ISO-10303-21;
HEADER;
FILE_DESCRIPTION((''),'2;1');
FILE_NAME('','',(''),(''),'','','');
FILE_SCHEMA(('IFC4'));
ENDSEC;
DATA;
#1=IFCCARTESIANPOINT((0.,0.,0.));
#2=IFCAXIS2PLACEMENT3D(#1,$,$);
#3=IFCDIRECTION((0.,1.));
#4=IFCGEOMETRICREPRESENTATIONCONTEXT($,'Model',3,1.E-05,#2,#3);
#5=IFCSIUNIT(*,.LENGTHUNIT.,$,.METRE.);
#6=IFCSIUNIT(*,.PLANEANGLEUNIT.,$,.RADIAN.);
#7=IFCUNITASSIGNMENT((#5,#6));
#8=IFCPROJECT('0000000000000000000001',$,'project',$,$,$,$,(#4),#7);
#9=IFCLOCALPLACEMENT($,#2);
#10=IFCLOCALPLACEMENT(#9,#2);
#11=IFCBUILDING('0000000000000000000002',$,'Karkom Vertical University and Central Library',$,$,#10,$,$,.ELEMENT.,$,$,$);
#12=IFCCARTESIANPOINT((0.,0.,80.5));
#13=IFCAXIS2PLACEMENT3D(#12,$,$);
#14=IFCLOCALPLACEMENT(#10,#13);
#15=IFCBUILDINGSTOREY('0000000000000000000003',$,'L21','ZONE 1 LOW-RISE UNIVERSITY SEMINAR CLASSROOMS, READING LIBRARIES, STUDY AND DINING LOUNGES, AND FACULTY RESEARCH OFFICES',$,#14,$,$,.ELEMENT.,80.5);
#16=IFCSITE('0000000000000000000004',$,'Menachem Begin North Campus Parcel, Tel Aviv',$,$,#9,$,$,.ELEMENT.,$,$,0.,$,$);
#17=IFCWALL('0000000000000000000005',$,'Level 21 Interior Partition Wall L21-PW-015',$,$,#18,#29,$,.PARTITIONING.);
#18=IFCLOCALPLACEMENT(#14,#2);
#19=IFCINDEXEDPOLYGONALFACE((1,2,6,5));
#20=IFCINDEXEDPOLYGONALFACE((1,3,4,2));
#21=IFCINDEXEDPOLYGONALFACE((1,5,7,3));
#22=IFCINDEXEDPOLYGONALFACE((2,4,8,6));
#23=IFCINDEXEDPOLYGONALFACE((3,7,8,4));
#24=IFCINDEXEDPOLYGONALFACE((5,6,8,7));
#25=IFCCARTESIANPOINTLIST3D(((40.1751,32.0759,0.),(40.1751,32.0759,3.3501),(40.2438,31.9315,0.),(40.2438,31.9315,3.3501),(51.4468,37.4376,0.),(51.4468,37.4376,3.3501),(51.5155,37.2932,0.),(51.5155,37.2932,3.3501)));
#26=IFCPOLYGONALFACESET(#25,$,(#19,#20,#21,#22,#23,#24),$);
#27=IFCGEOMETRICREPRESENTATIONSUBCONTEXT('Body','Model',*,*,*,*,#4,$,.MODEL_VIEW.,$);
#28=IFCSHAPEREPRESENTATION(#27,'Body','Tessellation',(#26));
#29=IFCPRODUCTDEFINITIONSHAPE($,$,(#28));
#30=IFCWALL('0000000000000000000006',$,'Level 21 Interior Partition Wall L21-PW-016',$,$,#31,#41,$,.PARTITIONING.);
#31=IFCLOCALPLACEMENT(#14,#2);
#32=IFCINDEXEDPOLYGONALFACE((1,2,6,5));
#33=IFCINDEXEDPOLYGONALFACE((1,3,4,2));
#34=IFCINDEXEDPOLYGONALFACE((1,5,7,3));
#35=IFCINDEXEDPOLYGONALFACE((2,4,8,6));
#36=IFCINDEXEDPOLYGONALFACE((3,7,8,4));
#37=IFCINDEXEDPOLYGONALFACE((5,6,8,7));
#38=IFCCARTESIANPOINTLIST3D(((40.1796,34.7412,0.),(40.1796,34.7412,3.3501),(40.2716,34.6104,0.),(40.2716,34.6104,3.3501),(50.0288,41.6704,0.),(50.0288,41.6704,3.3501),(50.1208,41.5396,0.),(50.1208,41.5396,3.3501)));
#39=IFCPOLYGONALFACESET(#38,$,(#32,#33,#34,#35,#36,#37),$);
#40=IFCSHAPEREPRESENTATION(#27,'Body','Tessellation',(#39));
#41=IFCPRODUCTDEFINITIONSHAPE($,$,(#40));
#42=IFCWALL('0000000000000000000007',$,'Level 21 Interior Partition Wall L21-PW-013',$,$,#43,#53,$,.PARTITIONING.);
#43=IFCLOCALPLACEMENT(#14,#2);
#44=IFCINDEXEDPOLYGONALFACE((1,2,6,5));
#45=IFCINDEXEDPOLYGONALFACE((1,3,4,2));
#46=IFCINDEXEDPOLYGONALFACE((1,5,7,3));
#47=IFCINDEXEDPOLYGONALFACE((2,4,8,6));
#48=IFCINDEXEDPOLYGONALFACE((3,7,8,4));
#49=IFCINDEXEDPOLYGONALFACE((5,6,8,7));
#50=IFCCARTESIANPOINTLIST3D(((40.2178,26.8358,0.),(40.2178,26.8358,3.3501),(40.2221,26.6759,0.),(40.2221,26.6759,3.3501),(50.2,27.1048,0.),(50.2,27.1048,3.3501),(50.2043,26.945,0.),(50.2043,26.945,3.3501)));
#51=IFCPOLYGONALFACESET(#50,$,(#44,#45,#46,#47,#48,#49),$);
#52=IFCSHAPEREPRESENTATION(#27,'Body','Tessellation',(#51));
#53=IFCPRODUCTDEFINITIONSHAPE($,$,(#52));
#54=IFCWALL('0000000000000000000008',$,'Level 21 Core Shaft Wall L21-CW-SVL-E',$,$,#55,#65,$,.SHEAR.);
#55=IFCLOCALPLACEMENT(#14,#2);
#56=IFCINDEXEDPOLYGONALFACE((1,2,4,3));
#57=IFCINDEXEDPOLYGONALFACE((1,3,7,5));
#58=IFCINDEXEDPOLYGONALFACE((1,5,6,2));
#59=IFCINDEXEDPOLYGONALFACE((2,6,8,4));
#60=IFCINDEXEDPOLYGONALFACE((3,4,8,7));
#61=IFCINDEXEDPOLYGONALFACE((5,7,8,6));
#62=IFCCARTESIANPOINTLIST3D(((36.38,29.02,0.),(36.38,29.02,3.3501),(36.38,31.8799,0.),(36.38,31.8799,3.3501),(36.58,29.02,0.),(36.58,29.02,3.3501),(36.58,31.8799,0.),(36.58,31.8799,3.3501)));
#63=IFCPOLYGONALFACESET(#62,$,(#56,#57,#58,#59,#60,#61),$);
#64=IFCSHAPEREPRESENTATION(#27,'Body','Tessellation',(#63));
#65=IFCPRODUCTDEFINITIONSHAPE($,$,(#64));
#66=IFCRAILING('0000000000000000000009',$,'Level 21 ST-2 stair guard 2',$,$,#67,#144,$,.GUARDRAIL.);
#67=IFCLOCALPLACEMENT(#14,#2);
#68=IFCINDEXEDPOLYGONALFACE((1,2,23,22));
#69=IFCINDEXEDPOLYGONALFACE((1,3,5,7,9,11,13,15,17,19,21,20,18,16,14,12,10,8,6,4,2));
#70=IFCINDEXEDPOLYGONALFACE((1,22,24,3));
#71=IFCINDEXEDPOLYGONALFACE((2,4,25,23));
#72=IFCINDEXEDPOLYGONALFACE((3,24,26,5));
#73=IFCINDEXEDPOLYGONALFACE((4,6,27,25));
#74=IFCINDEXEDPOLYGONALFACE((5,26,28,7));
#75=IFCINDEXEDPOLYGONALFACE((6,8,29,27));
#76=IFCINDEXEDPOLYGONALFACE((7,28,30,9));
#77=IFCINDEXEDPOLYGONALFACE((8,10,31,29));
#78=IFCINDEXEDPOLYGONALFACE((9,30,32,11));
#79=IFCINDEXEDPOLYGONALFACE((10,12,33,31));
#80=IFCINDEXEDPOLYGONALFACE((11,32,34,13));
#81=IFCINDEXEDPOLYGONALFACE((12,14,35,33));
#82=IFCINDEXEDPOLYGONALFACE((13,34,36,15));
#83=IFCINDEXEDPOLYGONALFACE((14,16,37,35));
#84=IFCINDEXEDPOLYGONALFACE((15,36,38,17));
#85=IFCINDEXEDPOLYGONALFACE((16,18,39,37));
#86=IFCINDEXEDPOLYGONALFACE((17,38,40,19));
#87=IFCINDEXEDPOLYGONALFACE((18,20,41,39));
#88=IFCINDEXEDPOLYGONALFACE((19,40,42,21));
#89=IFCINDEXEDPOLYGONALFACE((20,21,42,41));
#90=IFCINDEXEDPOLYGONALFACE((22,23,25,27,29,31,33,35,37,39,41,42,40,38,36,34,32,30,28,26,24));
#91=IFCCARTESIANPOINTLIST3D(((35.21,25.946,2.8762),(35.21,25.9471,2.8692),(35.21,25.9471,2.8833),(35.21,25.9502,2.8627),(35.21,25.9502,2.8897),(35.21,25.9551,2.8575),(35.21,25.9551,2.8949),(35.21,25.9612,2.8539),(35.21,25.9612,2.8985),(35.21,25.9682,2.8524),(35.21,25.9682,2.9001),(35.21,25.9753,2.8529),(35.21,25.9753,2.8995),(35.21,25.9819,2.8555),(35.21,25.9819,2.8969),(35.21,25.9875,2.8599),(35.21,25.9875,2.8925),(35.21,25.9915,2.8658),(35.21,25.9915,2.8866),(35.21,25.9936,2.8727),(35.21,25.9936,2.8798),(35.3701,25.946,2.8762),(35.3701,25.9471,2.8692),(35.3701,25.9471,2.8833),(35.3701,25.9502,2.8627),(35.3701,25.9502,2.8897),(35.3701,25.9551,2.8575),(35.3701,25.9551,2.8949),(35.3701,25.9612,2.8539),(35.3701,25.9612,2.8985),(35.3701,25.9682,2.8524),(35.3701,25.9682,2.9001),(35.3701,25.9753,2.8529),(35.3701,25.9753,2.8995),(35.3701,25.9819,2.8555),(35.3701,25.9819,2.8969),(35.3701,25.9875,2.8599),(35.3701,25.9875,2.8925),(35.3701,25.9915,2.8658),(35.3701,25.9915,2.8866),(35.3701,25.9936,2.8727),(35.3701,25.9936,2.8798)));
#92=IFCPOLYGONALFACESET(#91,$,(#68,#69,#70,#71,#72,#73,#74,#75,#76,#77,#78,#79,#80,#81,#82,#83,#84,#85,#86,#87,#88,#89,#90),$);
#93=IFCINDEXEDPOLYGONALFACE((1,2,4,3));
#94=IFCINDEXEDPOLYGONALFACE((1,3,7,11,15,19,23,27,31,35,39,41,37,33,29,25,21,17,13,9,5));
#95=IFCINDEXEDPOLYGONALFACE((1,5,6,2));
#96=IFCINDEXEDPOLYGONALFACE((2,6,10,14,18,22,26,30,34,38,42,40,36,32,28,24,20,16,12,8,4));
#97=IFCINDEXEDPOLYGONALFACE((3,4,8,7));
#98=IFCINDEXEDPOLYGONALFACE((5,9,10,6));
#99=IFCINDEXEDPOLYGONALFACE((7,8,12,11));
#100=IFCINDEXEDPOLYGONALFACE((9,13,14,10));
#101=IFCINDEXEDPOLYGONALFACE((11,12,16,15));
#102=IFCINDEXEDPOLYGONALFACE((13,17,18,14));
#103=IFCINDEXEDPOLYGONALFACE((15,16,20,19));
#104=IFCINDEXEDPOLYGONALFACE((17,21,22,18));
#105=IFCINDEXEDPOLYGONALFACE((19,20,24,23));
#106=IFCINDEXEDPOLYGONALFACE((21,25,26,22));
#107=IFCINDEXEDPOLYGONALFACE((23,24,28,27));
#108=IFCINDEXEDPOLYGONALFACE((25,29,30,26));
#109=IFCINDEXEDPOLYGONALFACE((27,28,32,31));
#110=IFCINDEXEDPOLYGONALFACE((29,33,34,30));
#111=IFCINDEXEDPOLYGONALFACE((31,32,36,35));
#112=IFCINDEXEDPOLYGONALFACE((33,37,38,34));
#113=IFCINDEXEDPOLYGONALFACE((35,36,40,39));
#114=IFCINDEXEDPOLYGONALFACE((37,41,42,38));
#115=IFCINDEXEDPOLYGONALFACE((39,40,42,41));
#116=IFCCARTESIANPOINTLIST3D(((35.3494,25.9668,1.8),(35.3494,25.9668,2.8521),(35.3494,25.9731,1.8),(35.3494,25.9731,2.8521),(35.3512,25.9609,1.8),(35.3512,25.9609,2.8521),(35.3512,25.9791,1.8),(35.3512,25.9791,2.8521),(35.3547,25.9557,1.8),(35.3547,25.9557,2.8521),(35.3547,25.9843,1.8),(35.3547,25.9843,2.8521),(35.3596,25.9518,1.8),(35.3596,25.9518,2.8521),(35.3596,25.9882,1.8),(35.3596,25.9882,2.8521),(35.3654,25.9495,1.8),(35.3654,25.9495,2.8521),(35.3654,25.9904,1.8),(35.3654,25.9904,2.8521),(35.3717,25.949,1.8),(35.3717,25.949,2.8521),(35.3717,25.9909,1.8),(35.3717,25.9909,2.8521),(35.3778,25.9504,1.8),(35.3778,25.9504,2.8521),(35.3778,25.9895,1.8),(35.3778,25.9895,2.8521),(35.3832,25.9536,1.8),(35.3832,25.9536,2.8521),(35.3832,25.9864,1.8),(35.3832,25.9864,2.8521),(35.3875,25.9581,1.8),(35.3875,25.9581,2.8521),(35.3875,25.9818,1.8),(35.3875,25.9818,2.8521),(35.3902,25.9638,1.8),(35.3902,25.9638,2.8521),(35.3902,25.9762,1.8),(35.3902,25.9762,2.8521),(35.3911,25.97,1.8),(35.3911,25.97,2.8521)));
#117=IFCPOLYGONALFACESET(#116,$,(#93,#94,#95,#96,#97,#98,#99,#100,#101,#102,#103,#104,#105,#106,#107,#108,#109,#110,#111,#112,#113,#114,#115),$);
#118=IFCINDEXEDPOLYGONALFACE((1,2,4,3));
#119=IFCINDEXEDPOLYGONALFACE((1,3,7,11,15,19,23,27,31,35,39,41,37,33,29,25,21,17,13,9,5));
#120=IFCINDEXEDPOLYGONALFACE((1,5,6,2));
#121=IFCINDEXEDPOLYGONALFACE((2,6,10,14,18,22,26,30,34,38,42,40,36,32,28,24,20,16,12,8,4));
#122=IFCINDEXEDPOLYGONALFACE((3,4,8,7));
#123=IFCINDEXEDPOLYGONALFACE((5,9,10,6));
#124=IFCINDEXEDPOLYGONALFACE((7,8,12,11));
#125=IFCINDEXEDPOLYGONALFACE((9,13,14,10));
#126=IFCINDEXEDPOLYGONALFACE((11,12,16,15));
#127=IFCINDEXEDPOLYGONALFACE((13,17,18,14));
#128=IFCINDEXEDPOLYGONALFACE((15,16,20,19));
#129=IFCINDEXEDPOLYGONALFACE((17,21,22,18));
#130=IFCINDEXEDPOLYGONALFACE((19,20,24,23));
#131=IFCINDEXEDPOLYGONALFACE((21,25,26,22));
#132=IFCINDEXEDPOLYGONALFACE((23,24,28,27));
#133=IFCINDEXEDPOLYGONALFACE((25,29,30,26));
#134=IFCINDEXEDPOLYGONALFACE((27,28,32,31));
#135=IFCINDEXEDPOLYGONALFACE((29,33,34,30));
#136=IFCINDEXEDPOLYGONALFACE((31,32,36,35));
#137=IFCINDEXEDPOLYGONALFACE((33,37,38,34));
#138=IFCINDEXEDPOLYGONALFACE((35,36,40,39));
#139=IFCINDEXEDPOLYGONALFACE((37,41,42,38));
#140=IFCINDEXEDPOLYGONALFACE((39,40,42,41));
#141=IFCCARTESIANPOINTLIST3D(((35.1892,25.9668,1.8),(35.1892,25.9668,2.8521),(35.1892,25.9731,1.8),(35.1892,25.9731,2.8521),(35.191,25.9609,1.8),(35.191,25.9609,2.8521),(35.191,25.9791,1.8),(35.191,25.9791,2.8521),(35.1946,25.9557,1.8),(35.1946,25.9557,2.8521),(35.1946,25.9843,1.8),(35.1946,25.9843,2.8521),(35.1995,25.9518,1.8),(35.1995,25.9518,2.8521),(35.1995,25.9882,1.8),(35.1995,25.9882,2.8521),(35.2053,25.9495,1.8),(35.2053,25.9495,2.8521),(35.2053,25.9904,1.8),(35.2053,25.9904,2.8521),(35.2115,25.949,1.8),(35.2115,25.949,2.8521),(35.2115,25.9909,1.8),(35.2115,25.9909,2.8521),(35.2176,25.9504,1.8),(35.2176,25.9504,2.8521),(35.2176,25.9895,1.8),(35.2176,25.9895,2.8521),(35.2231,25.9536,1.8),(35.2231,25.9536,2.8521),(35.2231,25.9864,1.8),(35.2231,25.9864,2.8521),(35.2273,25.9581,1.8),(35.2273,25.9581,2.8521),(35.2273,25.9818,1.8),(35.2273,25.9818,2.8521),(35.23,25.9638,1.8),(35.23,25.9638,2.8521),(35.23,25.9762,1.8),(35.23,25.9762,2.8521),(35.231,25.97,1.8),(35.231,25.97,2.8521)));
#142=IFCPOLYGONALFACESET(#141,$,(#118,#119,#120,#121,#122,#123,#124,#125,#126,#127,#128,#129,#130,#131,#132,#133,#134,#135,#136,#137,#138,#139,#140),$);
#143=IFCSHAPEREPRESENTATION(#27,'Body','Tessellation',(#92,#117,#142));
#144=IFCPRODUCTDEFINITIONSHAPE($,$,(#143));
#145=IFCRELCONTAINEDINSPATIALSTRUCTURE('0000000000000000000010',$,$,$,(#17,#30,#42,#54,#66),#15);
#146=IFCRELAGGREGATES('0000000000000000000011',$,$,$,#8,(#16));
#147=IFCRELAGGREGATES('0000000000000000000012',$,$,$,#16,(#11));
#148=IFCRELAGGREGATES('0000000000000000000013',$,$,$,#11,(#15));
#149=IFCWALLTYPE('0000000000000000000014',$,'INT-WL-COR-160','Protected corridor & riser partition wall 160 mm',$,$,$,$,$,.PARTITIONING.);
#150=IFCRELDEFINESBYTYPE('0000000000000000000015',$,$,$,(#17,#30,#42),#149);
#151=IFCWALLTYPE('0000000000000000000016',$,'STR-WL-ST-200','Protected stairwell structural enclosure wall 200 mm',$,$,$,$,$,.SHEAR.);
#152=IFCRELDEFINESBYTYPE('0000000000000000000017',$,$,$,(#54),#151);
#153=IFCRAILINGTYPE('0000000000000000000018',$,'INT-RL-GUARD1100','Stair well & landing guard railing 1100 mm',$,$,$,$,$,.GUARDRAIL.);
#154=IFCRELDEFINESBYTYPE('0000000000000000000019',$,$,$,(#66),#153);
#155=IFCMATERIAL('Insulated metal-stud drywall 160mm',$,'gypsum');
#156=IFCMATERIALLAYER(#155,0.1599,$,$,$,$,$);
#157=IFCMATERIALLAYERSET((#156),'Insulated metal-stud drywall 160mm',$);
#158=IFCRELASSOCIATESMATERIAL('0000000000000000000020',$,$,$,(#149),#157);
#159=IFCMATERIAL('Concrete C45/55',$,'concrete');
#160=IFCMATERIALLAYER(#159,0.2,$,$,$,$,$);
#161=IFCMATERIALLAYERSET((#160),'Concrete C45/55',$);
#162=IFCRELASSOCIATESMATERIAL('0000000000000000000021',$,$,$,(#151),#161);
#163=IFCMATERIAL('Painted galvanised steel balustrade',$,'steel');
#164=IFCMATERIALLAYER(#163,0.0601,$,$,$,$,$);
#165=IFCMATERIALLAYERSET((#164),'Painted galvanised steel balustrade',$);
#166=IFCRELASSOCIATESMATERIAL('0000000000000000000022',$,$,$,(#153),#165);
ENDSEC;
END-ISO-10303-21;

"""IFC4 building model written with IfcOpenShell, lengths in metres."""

from ifc_helpers import new_model, si_unit, direction, frame, frame_2d, origin, origin_2d, place, context, subcontext, project, spatial, rectangle, circle, extrude, material, layer, layer_set, type_object, element, save


model = new_model("IFC4")

# Units and contexts
model_context = context("Model", 3, precision=1e-05, world=origin(), true_north=direction((0.0, 1.0)))
body_context = subcontext(model_context, "Body", "Model", "MODEL_VIEW")
ifc_project = project(units=[si_unit("LENGTHUNIT", "METRE"), si_unit("PLANEANGLEUNIT", "RADIAN")], contexts=[model_context])

# Site, building, storey
site_placement = place(None, origin())
site = spatial("IfcSite", under=ifc_project, at=site_placement, Name="Menachem Begin North Campus Parcel, Tel Aviv", CompositionType="ELEMENT", RefElevation=0.0)
building_placement = place(site_placement, origin())
building = spatial("IfcBuilding", under=site, at=building_placement, Name="Karkom Vertical University and Central Library", CompositionType="ELEMENT")
storey_placement = place(building_placement, frame((0.0, 0.0, 80.5)))
storey = spatial("IfcBuildingStorey", under=building, at=storey_placement, Name="L21", Description="ZONE 1 LOW-RISE UNIVERSITY SEMINAR CLASSROOMS, READING LIBRARIES, STUDY AND DINING LOUNGES, AND FACULTY RESEARCH OFFICES", CompositionType="ELEMENT", Elevation=80.5)

# Walls
ifc_material_1 = material(Name="Insulated metal-stud drywall 160mm", Category="gypsum")
ifc_layer_1 = layer(ifc_material_1, 0.1599)
ifc_layer_set_1 = layer_set([ifc_layer_1], Name="Insulated metal-stud drywall 160mm")
wall_type_1 = type_object("IfcWallType", Name="INT-WL-COR-160", Description="Protected corridor & riser partition wall 160 mm", PredefinedType="PARTITIONING", material=ifc_layer_set_1)
wall_1_placement = place(storey_placement, frame((40.2095, 32.0037, 0.0), z_axis=(0.0, 0.0, 1.0), x_axis=(0.903037, 0.429563, 0.0)))
element("IfcWall", 1, at=wall_1_placement, inside=storey, type_object=wall_type_1, Name="Level 21 Interior Partition Wall L21-PW-015", PredefinedType="PARTITIONING", context=body_context, shape_type="SweptSolid", body=[
    extrude(rectangle(XDim=12.4819, YDim=0.1599, at=frame_2d((6.241, 0.0))), origin(), (0.0, 0.0, 1.0), 3.3501),
])
wall_2_placement = place(storey_placement, frame((40.2256, 34.6758, 0.0), z_axis=(0.0, 0.0, 1.0), x_axis=(0.817871, 0.575401, 0.0)))
element("IfcWall", 2, at=wall_2_placement, inside=storey, type_object=wall_type_1, Name="Level 21 Interior Partition Wall L21-PW-016", PredefinedType="PARTITIONING", context=body_context, shape_type="SweptSolid", body=[
    extrude(rectangle(XDim=12.0425, YDim=0.1599, at=frame_2d((6.0212, 0.0))), origin(), (0.0, 0.0, 1.0), 3.3501),
])
wall_3_placement = place(storey_placement, frame((40.22, 26.7559, 0.0), z_axis=(0.0, 0.0, 1.0), x_axis=(0.999637, 0.026943, 0.0)))
element("IfcWall", 3, at=wall_3_placement, inside=storey, type_object=wall_type_1, Name="Level 21 Interior Partition Wall L21-PW-013", PredefinedType="PARTITIONING", context=body_context, shape_type="SweptSolid", body=[
    extrude(rectangle(XDim=9.9858, YDim=0.1599, at=frame_2d((4.9929, 0.0))), origin(), (0.0, 0.0, 1.0), 3.3501),
])

# Wall
ifc_material_2 = material(Name="Concrete C45/55", Category="concrete")
ifc_layer_2 = layer(ifc_material_2, 0.2)
ifc_layer_set_2 = layer_set([ifc_layer_2], Name="Concrete C45/55")
wall_type_2 = type_object("IfcWallType", Name="STR-WL-ST-200", Description="Protected stairwell structural enclosure wall 200 mm", PredefinedType="SHEAR", material=ifc_layer_set_2)
wall_4_placement = place(storey_placement, frame((36.48, 29.02, 0.0), z_axis=(0.0, 0.0, 1.0), x_axis=(0.0, 1.0, 0.0)))
element("IfcWall", 4, at=wall_4_placement, inside=storey, type_object=wall_type_2, Name="Level 21 Core Shaft Wall L21-CW-SVL-E", PredefinedType="SHEAR", context=body_context, shape_type="SweptSolid", body=[
    extrude(rectangle(XDim=2.8599, YDim=0.2, at=frame_2d((1.4299, 0.0))), origin(), (0.0, 0.0, 1.0), 3.3501),
])

# Railing
ifc_material_3 = material(Name="Painted galvanised steel balustrade", Category="steel")
ifc_layer_3 = layer(ifc_material_3, 0.0601)
ifc_layer_set_3 = layer_set([ifc_layer_3], Name="Painted galvanised steel balustrade")
railing_type = type_object("IfcRailingType", Name="INT-RL-GUARD1100", Description="Stair well & landing guard railing 1100 mm", PredefinedType="GUARDRAIL", material=ifc_layer_set_3)
railing_1_placement = place(storey_placement, frame((35.3701, 25.97, 1.8)))
element("IfcRailing", 5, at=railing_1_placement, inside=storey, type_object=railing_type, Name="Level 21 ST-2 stair guard 2", PredefinedType="GUARDRAIL", context=body_context, shape_type="SweptSolid", body=[
    extrude(circle(Radius=0.0239, at=origin_2d()), frame((0.0, 0.0, 1.0762), z_axis=(-1.0, 0.0, 0.0), x_axis=(0.0, -1.0, 0.0)), (0.0, 0.0, 1.0), 0.1602),
    extrude(circle(Radius=0.021, at=origin_2d()), origin(), (0.0, 0.0, 1.0), 1.052),
    extrude(circle(Radius=0.021, at=origin_2d()), frame((-0.1602, 0.0, 0.0)), (0.0, 0.0, 1.0), 1.052),
])

save(model, "model.ifc")
